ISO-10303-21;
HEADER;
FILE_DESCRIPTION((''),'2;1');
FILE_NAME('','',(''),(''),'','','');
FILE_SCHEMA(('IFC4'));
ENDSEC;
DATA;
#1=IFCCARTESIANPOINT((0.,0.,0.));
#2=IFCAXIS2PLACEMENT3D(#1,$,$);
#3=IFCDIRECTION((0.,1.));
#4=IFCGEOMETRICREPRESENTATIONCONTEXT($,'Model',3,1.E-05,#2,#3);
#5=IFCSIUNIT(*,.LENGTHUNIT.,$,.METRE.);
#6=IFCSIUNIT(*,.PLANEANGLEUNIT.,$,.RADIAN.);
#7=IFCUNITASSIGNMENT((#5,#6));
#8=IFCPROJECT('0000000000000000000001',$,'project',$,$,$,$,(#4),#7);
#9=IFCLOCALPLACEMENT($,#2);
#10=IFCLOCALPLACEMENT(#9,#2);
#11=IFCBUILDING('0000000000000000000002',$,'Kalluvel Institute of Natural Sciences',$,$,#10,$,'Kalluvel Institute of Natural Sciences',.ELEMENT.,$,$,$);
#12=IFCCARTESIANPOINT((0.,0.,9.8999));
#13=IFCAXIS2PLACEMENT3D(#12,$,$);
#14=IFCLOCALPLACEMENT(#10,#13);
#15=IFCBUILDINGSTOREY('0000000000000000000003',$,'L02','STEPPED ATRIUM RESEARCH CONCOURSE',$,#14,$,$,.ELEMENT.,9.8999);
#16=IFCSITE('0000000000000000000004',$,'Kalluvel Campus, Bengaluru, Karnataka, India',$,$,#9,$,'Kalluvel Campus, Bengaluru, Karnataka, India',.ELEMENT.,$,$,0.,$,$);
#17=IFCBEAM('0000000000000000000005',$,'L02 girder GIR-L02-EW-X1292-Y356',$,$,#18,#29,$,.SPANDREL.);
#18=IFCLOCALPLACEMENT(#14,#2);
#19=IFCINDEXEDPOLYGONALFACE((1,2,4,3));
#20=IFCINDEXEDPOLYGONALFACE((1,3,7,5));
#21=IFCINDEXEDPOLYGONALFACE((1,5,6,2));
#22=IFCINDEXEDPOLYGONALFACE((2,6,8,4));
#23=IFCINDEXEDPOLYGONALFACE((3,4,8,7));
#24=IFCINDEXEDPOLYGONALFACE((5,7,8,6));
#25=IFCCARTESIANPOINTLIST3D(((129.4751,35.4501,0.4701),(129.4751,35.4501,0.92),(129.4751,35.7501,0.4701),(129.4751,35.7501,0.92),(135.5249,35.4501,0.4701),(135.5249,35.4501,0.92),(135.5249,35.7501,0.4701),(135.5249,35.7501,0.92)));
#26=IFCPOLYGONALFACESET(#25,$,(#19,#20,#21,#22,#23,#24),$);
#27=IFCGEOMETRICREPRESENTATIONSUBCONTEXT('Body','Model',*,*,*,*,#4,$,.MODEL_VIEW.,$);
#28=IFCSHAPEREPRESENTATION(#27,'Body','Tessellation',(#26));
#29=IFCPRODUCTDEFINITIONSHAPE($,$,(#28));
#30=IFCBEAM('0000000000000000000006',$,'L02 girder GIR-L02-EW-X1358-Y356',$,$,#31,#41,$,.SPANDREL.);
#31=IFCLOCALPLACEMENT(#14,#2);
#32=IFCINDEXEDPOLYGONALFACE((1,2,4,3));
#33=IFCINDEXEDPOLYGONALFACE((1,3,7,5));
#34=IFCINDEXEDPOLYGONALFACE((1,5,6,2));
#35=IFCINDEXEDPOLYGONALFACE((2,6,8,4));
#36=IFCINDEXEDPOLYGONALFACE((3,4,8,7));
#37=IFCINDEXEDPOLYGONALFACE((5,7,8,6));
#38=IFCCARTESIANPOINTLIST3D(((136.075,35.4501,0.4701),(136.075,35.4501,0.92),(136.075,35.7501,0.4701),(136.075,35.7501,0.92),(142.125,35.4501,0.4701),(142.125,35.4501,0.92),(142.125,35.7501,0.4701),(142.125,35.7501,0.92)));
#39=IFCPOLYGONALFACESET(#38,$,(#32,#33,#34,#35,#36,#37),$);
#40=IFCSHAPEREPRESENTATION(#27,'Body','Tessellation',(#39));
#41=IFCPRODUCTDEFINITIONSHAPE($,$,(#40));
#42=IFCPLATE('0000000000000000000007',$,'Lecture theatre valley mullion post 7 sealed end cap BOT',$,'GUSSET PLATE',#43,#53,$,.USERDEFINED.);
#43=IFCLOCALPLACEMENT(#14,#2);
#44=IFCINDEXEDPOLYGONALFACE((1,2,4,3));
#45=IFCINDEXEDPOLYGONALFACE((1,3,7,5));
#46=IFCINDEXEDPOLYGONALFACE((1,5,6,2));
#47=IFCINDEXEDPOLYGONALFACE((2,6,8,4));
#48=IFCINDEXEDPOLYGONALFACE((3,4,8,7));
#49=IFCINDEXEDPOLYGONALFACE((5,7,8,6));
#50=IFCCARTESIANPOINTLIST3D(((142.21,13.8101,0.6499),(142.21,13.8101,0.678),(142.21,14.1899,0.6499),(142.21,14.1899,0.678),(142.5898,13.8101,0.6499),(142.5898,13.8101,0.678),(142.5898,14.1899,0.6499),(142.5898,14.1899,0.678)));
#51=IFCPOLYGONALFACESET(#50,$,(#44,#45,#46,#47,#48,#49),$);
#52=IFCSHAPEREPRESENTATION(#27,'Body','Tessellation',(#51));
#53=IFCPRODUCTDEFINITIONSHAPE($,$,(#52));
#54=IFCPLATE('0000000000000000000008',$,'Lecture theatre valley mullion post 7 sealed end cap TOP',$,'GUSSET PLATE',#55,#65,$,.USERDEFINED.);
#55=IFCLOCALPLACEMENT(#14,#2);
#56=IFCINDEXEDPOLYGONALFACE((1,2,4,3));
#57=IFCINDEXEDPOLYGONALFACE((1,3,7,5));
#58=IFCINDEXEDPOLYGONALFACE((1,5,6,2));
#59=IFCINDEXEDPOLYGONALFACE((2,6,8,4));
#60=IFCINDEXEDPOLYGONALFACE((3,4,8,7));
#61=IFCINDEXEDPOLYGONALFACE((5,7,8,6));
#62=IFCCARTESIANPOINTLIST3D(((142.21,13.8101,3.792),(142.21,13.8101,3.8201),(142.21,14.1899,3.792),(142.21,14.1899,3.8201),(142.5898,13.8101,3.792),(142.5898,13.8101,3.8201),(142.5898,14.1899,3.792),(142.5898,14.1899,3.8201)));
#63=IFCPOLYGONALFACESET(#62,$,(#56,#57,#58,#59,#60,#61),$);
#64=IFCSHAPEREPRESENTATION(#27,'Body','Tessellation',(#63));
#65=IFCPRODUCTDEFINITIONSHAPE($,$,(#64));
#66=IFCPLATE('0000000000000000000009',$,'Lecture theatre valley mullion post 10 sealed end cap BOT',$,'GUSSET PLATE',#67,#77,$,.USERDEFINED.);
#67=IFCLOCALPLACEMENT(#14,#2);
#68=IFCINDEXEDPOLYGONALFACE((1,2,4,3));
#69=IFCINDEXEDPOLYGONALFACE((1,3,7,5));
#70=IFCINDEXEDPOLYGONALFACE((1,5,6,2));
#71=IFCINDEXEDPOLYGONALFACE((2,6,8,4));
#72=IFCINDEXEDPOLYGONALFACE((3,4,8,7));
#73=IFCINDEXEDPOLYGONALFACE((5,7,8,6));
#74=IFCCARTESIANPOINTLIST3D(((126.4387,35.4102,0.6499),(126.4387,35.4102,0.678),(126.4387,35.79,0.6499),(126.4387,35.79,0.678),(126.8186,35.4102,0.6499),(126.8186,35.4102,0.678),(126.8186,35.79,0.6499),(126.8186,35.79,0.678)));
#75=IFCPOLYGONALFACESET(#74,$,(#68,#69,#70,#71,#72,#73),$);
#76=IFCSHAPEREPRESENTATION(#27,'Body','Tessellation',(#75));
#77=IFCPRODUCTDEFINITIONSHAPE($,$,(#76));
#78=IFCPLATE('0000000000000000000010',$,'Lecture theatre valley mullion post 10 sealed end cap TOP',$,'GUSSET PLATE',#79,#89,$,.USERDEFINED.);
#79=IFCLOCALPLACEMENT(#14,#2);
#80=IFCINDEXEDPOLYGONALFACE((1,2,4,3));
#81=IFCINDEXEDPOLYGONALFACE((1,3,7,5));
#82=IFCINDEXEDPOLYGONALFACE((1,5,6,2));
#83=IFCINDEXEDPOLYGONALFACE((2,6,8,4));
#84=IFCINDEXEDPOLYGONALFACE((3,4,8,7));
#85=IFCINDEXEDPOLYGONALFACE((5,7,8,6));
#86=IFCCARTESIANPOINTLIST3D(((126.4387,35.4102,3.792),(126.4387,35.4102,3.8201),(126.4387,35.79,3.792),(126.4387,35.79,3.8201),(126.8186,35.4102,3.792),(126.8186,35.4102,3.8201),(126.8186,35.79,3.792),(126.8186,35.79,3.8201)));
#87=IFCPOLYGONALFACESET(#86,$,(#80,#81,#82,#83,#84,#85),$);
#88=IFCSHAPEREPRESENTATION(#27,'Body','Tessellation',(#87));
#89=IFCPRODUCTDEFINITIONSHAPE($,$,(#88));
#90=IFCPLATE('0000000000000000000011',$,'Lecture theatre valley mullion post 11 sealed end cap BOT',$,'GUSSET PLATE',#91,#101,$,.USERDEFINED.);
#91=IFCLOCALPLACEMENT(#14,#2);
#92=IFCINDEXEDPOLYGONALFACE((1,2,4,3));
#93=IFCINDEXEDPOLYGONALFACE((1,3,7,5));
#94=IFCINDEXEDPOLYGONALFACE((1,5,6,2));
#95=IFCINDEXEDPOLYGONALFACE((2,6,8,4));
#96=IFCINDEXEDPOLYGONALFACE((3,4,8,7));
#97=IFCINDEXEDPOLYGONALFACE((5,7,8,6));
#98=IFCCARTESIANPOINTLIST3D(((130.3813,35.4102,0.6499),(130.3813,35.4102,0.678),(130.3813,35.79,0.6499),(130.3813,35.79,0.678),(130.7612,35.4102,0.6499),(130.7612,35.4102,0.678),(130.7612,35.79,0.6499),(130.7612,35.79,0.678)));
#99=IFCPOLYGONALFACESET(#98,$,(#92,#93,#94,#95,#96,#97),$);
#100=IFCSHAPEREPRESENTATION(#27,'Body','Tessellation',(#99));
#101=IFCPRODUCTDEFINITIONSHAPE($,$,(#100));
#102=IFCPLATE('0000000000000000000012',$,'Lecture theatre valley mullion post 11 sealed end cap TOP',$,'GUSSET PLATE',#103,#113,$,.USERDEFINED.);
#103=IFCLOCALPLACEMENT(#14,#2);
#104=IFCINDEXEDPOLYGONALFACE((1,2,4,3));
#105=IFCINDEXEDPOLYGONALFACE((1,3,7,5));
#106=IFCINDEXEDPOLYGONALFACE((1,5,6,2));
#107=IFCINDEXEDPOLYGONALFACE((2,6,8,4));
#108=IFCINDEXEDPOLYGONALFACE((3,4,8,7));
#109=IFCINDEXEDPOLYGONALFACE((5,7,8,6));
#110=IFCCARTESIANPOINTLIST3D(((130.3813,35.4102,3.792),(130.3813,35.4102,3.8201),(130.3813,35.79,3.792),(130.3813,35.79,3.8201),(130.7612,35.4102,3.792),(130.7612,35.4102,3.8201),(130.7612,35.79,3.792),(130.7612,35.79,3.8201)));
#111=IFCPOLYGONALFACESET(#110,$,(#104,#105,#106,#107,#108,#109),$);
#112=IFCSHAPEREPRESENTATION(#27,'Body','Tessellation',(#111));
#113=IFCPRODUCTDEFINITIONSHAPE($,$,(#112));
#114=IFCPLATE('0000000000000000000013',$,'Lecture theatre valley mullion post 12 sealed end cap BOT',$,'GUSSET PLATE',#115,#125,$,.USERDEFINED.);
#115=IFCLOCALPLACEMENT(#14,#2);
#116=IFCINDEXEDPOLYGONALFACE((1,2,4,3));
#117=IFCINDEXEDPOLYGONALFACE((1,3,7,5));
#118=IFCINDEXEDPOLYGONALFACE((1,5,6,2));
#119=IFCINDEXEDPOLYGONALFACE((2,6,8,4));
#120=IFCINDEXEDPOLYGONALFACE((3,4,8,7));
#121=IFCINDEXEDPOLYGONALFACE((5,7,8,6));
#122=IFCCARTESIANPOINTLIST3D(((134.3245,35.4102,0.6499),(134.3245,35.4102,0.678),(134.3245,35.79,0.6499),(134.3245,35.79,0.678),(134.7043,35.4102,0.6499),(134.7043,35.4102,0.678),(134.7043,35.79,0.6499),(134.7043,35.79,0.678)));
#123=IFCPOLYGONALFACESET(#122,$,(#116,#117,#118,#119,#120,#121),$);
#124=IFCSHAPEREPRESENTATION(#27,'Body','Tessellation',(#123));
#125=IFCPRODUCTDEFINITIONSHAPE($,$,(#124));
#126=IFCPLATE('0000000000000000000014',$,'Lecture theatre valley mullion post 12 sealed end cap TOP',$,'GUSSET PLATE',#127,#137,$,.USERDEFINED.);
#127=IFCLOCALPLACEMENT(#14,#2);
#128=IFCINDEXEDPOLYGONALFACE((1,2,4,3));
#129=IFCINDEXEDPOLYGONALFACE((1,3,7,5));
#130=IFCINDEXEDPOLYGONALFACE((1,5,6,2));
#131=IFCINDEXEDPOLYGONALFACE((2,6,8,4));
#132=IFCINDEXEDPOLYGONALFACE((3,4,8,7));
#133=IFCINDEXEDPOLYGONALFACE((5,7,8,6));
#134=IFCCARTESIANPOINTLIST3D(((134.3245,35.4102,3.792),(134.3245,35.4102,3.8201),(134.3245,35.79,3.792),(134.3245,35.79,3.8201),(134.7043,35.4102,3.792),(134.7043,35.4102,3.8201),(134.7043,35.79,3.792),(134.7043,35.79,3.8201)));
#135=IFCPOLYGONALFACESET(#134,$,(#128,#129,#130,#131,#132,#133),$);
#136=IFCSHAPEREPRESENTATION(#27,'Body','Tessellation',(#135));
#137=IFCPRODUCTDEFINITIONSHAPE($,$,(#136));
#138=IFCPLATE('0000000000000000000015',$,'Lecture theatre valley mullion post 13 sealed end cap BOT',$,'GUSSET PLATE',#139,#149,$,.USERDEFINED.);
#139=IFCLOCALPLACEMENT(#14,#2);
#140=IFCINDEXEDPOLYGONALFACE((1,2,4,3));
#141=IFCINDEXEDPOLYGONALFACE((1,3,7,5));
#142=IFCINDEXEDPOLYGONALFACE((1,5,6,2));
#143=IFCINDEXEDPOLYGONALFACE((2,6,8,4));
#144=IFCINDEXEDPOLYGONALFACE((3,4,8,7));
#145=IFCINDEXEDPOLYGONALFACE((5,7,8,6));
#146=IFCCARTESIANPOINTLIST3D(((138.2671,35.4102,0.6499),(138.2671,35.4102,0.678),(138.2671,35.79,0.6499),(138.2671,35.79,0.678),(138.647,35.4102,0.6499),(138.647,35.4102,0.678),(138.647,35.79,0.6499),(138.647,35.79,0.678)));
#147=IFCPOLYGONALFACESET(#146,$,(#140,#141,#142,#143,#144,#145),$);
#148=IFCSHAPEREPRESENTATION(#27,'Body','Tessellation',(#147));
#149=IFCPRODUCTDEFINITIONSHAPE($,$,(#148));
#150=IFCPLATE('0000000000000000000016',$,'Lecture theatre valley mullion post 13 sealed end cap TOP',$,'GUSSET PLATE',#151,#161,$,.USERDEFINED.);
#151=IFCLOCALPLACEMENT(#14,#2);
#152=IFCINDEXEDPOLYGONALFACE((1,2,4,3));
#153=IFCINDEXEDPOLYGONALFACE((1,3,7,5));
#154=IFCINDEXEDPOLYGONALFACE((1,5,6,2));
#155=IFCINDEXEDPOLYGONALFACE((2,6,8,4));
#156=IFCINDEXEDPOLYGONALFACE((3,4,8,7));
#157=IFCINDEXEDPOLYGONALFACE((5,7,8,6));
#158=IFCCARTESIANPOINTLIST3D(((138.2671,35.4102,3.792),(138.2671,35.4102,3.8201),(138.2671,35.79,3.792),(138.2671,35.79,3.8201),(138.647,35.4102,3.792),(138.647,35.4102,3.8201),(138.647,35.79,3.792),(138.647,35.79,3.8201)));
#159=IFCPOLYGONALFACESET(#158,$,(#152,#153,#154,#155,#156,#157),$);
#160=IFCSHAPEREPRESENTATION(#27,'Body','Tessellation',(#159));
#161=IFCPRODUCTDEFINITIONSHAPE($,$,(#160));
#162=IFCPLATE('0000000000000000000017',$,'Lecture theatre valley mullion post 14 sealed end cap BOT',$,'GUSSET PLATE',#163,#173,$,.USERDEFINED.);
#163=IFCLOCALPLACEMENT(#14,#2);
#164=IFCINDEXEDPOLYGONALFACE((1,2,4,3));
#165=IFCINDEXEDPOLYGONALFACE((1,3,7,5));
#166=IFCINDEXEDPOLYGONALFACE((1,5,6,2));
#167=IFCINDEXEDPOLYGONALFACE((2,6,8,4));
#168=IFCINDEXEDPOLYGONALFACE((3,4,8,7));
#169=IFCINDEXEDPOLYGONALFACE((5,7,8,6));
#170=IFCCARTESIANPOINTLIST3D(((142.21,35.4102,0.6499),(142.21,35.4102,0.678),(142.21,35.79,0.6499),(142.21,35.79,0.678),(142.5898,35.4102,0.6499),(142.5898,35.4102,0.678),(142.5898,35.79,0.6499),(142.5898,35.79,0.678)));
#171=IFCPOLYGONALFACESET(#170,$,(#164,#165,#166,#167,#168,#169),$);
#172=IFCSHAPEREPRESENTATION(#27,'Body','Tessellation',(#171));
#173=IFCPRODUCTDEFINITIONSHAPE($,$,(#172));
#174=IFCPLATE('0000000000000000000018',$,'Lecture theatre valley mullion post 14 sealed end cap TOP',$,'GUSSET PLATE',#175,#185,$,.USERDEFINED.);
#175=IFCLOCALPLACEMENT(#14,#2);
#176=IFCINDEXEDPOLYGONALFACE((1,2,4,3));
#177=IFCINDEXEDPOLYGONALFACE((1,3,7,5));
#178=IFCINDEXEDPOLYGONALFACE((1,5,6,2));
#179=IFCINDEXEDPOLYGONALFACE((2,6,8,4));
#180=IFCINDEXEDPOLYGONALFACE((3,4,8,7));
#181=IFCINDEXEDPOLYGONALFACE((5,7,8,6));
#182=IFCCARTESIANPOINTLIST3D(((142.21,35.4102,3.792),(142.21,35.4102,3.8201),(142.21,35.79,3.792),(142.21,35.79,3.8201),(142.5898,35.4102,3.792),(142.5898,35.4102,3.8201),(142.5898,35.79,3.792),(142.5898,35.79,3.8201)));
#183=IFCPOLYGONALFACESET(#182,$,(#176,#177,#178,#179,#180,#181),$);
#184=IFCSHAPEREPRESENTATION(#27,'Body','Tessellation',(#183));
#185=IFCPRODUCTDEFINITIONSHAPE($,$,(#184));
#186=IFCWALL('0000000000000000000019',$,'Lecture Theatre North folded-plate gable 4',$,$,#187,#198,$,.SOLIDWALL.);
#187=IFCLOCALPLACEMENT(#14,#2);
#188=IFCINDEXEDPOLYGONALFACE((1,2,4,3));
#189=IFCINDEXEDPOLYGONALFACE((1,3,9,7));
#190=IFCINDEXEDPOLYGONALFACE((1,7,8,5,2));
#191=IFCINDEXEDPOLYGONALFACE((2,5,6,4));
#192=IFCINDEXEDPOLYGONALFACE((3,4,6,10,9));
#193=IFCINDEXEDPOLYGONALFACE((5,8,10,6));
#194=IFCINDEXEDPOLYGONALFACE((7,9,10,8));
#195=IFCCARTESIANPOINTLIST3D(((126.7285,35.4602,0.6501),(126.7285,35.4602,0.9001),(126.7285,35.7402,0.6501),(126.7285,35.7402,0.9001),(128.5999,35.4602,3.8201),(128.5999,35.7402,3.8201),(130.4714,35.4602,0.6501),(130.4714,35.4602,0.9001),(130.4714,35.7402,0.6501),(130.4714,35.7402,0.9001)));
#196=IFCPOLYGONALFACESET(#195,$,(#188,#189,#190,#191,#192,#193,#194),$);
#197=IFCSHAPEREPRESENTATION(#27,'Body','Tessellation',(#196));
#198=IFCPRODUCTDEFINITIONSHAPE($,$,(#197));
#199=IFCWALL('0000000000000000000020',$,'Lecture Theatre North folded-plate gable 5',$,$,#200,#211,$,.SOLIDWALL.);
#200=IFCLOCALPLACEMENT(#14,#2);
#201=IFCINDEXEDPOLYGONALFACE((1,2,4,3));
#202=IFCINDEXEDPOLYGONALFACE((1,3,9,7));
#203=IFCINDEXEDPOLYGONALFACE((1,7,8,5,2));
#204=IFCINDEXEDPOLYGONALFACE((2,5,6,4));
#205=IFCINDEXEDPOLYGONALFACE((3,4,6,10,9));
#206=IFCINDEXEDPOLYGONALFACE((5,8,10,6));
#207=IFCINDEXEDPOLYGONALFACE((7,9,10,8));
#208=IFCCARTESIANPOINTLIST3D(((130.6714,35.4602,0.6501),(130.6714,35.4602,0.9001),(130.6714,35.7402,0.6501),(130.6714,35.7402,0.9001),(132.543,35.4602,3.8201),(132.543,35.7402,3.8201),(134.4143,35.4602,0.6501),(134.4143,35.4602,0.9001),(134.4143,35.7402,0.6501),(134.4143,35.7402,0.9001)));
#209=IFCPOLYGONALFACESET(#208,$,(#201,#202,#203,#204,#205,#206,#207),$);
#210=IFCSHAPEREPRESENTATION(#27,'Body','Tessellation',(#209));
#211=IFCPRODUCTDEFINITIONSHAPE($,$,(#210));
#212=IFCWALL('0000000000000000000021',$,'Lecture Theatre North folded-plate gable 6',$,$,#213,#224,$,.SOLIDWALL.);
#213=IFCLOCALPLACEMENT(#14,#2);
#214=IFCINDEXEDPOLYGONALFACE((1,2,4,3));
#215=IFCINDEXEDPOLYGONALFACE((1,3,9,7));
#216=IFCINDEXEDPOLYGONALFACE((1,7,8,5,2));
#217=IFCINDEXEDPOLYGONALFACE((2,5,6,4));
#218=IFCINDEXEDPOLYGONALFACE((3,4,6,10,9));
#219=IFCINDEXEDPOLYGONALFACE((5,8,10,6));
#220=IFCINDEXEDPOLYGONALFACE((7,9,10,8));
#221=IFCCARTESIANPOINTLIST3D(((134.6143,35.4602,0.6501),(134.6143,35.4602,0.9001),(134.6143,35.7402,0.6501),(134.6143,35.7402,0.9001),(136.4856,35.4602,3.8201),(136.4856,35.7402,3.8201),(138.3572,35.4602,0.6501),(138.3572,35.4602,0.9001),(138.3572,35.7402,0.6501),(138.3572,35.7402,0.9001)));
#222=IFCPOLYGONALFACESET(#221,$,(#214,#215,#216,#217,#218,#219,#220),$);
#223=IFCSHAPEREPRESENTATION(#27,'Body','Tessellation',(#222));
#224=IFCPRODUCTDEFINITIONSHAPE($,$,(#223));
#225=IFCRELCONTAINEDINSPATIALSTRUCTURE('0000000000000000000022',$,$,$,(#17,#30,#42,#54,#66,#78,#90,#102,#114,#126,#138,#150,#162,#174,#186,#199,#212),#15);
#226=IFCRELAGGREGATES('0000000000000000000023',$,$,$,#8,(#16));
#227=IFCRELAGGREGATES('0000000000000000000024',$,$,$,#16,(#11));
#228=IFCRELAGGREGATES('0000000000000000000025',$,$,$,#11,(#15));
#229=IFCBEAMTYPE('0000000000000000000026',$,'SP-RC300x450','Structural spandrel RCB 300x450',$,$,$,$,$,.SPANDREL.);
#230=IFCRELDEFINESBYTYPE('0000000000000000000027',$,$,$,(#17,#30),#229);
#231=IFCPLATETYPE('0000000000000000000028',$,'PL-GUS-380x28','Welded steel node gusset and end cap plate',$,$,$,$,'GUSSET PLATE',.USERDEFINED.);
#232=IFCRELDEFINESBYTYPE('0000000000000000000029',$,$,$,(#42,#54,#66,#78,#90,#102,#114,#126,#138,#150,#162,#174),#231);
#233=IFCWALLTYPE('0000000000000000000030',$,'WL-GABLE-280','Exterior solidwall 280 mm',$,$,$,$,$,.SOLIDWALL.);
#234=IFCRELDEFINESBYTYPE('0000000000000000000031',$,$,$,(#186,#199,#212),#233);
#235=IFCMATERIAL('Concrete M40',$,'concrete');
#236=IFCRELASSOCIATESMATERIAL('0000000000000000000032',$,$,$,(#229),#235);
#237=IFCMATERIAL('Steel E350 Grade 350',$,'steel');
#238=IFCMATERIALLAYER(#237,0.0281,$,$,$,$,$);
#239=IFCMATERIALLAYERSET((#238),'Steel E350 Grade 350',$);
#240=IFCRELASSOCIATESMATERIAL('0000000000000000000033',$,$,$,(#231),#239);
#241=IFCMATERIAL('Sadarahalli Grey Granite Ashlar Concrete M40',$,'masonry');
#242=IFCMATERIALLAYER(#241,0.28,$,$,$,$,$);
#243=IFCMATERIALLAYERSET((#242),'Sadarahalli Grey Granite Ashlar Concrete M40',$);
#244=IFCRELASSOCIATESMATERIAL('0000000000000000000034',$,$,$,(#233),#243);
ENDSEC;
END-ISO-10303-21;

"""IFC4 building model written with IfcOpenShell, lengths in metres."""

from ifc_helpers import new_model, si_unit, direction, frame, origin, origin_2d, place, context, subcontext, project, spatial, polyline, rectangle, outline, extrude, material, layer, layer_set, material_profile, profile_set, type_object, element, save


model = new_model("IFC4")

# Units and contexts
model_context = context("Model", 3, precision=1e-05, world=origin(), true_north=direction((0.0, 1.0)))
body_context = subcontext(model_context, "Body", "Model", "MODEL_VIEW")
ifc_project = project(units=[si_unit("LENGTHUNIT", "METRE"), si_unit("PLANEANGLEUNIT", "RADIAN")], contexts=[model_context])

# Site, building, storey
site_placement = place(None, origin())
site = spatial("IfcSite", under=ifc_project, at=site_placement, Name="Kalluvel Campus, Bengaluru, Karnataka, India", LongName="Kalluvel Campus, Bengaluru, Karnataka, India", CompositionType="ELEMENT", RefElevation=0.0)
building_placement = place(site_placement, origin())
building = spatial("IfcBuilding", under=site, at=building_placement, Name="Kalluvel Institute of Natural Sciences", LongName="Kalluvel Institute of Natural Sciences", CompositionType="ELEMENT")
storey_placement = place(building_placement, frame((0.0, 0.0, 9.8999)))
storey = spatial("IfcBuildingStorey", under=building, at=storey_placement, Name="L02", Description="STEPPED ATRIUM RESEARCH CONCOURSE", CompositionType="ELEMENT", Elevation=9.8999)

# Shared definitions
ifc_material_1 = material(Name="Steel E350 Grade 350", Category="steel")
ifc_material_2 = material(Name="Concrete M40", Category="concrete")

# Beams
ifc_material_profile_1 = material_profile(ifc_material_2, rectangle(XDim=0.3, YDim=0.45, at=origin_2d()), Name="RCB 300x450")
ifc_profile_set_1 = profile_set([ifc_material_profile_1], Name="Concrete M40")
beam_type_1 = type_object("IfcBeamType", Name="SP-RC300x450", Description="Structural spandrel RCB 300x450", PredefinedType="SPANDREL", material=ifc_profile_set_1)
beam_1_placement = place(storey_placement, frame((129.4751, 35.6001, 0.6951), z_axis=(1.0, 0.0, 0.0), x_axis=(0.0, 1.0, 0.0)))
element("IfcBeam", 1, at=beam_1_placement, inside=storey, type_object=beam_type_1, Name="L02 girder GIR-L02-EW-X1292-Y356", PredefinedType="SPANDREL", context=body_context, shape_type="SweptSolid", body=[
    extrude(rectangle(XDim=0.3, YDim=0.45, at=origin_2d()), origin(), (0.0, 0.0, 1.0), 6.0498),
])
beam_2_placement = place(storey_placement, frame((136.075, 35.6001, 0.6951), z_axis=(1.0, 0.0, 0.0), x_axis=(0.0, 1.0, 0.0)))
element("IfcBeam", 2, at=beam_2_placement, inside=storey, type_object=beam_type_1, Name="L02 girder GIR-L02-EW-X1358-Y356", PredefinedType="SPANDREL", context=body_context, shape_type="SweptSolid", body=[
    extrude(rectangle(XDim=0.3, YDim=0.45, at=origin_2d()), origin(), (0.0, 0.0, 1.0), 6.05),
])

# Plates
ifc_layer_1 = layer(ifc_material_1, 0.0281)
ifc_layer_set_1 = layer_set([ifc_layer_1], Name="Steel E350 Grade 350")
plate_type = type_object("IfcPlateType", Name="PL-GUS-380x28", Description="Welded steel node gusset and end cap plate", ElementType="GUSSET PLATE", PredefinedType="USERDEFINED", material=ifc_layer_set_1)
for number, where, z_axis, x_axis, name in (
    (3, (142.3999, 14.0, 0.6499), (0.0, 0.0, 1.0), (1.0, 0.0, 0.0), "Lecture theatre valley mullion post 7 sealed end cap BOT"),
    (4, (142.3999, 14.0, 3.792), (0.0, 0.0, 1.0), (1.0, 0.0, 0.0), "Lecture theatre valley mullion post 7 sealed end cap TOP"),
    (5, (126.6287, 35.6001, 0.6499), (0.0, 0.0, 1.0), (1.0, 0.0, 0.0), "Lecture theatre valley mullion post 10 sealed end cap BOT"),
    (6, (126.6287, 35.6001, 3.792), (0.0, 0.0, 1.0), (1.0, 0.0, 0.0), "Lecture theatre valley mullion post 10 sealed end cap TOP"),
    (7, (130.5713, 35.6001, 0.6499), (0.0, 0.0, 1.0), (1.0, 0.0, 0.0), "Lecture theatre valley mullion post 11 sealed end cap BOT"),
    (8, (130.5713, 35.6001, 3.792), (0.0, 0.0, 1.0), (1.0, 0.0, 0.0), "Lecture theatre valley mullion post 11 sealed end cap TOP"),
    (9, (134.5144, 35.6001, 0.6499), (0.0, 0.0, 1.0), (1.0, 0.0, 0.0), "Lecture theatre valley mullion post 12 sealed end cap BOT"),
    (10, (134.5144, 35.6001, 3.792), (0.0, 0.0, 1.0), (1.0, 0.0, 0.0), "Lecture theatre valley mullion post 12 sealed end cap TOP"),
    (11, (138.457, 35.6001, 0.6499), (0.0, 0.0, 1.0), (1.0, 0.0, 0.0), "Lecture theatre valley mullion post 13 sealed end cap BOT"),
    (12, (138.457, 35.6001, 3.792), (0.0, 0.0, 1.0), (1.0, 0.0, 0.0), "Lecture theatre valley mullion post 13 sealed end cap TOP"),
    (13, (142.3999, 35.6001, 0.6499), (0.0, 0.0, 1.0), (1.0, 0.0, 0.0), "Lecture theatre valley mullion post 14 sealed end cap BOT"),
    (14, (142.3999, 35.6001, 3.792), (0.0, 0.0, 1.0), (1.0, 0.0, 0.0), "Lecture theatre valley mullion post 14 sealed end cap TOP"),
):
    element("IfcPlate", number, at=place(storey_placement, frame(where, z_axis=z_axis, x_axis=x_axis)), inside=storey, type_object=plate_type, Name=name, ObjectType="GUSSET PLATE", PredefinedType="USERDEFINED", context=body_context, shape_type="SweptSolid", body=[
        extrude(rectangle(XDim=0.3799, YDim=0.3799, at=origin_2d()), origin(), (0.0, 0.0, 1.0), 0.0281),
    ])

# Walls
ifc_material_3 = material(Name="Sadarahalli Grey Granite Ashlar Concrete M40", Category="masonry")
ifc_layer_2 = layer(ifc_material_3, 0.28)
ifc_layer_set_2 = layer_set([ifc_layer_2], Name="Sadarahalli Grey Granite Ashlar Concrete M40")
wall_type = type_object("IfcWallType", Name="WL-GABLE-280", Description="Exterior solidwall 280 mm", PredefinedType="SOLIDWALL", material=ifc_layer_set_2)
wall_1_placement = place(storey_placement, frame((126.7285, 35.6001, 0.6501), z_axis=(0.0, 0.0, 1.0), x_axis=(1.0, 0.0, 0.0)))
element("IfcWall", 15, at=wall_1_placement, inside=storey, type_object=wall_type, Name="Lecture Theatre North folded-plate gable 4", PredefinedType="SOLIDWALL", context=body_context, shape_type="SweptSolid", body=[
    extrude(outline(polyline([(0.0, 0.0), (3.7429, 0.0), (3.7429, 0.25), (1.8713, 3.1699), (0.0, 0.25), (0.0, 0.0)])), frame((0.0, 0.1401, 0.0), z_axis=(0.0, -1.0, 0.0), x_axis=(1.0, 0.0, 0.0)), (0.0, 0.0, 1.0), 0.28),
])
wall_2_placement = place(storey_placement, frame((130.6714, 35.6001, 0.6501), z_axis=(0.0, 0.0, 1.0), x_axis=(1.0, 0.0, 0.0)))
element("IfcWall", 16, at=wall_2_placement, inside=storey, type_object=wall_type, Name="Lecture Theatre North folded-plate gable 5", PredefinedType="SOLIDWALL", context=body_context, shape_type="SweptSolid", body=[
    extrude(outline(polyline([(0.0, 0.0), (3.7429, 0.0), (3.7429, 0.25), (1.8716, 3.1699), (0.0, 0.25), (0.0, 0.0)])), frame((0.0, 0.1401, 0.0), z_axis=(0.0, -1.0, 0.0), x_axis=(1.0, 0.0, 0.0)), (0.0, 0.0, 1.0), 0.28),
])
wall_3_placement = place(storey_placement, frame((134.6143, 35.6001, 0.6501), z_axis=(0.0, 0.0, 1.0), x_axis=(1.0, 0.0, 0.0)))
element("IfcWall", 17, at=wall_3_placement, inside=storey, type_object=wall_type, Name="Lecture Theatre North folded-plate gable 6", PredefinedType="SOLIDWALL", context=body_context, shape_type="SweptSolid", body=[
    extrude(outline(polyline([(0.0, 0.0), (3.7429, 0.0), (3.7429, 0.25), (1.8713, 3.1699), (0.0, 0.25), (0.0, 0.0)])), frame((0.0, 0.1401, 0.0), z_axis=(0.0, -1.0, 0.0), x_axis=(1.0, 0.0, 0.0)), (0.0, 0.0, 1.0), 0.28),
])

save(model, "model.ifc")
